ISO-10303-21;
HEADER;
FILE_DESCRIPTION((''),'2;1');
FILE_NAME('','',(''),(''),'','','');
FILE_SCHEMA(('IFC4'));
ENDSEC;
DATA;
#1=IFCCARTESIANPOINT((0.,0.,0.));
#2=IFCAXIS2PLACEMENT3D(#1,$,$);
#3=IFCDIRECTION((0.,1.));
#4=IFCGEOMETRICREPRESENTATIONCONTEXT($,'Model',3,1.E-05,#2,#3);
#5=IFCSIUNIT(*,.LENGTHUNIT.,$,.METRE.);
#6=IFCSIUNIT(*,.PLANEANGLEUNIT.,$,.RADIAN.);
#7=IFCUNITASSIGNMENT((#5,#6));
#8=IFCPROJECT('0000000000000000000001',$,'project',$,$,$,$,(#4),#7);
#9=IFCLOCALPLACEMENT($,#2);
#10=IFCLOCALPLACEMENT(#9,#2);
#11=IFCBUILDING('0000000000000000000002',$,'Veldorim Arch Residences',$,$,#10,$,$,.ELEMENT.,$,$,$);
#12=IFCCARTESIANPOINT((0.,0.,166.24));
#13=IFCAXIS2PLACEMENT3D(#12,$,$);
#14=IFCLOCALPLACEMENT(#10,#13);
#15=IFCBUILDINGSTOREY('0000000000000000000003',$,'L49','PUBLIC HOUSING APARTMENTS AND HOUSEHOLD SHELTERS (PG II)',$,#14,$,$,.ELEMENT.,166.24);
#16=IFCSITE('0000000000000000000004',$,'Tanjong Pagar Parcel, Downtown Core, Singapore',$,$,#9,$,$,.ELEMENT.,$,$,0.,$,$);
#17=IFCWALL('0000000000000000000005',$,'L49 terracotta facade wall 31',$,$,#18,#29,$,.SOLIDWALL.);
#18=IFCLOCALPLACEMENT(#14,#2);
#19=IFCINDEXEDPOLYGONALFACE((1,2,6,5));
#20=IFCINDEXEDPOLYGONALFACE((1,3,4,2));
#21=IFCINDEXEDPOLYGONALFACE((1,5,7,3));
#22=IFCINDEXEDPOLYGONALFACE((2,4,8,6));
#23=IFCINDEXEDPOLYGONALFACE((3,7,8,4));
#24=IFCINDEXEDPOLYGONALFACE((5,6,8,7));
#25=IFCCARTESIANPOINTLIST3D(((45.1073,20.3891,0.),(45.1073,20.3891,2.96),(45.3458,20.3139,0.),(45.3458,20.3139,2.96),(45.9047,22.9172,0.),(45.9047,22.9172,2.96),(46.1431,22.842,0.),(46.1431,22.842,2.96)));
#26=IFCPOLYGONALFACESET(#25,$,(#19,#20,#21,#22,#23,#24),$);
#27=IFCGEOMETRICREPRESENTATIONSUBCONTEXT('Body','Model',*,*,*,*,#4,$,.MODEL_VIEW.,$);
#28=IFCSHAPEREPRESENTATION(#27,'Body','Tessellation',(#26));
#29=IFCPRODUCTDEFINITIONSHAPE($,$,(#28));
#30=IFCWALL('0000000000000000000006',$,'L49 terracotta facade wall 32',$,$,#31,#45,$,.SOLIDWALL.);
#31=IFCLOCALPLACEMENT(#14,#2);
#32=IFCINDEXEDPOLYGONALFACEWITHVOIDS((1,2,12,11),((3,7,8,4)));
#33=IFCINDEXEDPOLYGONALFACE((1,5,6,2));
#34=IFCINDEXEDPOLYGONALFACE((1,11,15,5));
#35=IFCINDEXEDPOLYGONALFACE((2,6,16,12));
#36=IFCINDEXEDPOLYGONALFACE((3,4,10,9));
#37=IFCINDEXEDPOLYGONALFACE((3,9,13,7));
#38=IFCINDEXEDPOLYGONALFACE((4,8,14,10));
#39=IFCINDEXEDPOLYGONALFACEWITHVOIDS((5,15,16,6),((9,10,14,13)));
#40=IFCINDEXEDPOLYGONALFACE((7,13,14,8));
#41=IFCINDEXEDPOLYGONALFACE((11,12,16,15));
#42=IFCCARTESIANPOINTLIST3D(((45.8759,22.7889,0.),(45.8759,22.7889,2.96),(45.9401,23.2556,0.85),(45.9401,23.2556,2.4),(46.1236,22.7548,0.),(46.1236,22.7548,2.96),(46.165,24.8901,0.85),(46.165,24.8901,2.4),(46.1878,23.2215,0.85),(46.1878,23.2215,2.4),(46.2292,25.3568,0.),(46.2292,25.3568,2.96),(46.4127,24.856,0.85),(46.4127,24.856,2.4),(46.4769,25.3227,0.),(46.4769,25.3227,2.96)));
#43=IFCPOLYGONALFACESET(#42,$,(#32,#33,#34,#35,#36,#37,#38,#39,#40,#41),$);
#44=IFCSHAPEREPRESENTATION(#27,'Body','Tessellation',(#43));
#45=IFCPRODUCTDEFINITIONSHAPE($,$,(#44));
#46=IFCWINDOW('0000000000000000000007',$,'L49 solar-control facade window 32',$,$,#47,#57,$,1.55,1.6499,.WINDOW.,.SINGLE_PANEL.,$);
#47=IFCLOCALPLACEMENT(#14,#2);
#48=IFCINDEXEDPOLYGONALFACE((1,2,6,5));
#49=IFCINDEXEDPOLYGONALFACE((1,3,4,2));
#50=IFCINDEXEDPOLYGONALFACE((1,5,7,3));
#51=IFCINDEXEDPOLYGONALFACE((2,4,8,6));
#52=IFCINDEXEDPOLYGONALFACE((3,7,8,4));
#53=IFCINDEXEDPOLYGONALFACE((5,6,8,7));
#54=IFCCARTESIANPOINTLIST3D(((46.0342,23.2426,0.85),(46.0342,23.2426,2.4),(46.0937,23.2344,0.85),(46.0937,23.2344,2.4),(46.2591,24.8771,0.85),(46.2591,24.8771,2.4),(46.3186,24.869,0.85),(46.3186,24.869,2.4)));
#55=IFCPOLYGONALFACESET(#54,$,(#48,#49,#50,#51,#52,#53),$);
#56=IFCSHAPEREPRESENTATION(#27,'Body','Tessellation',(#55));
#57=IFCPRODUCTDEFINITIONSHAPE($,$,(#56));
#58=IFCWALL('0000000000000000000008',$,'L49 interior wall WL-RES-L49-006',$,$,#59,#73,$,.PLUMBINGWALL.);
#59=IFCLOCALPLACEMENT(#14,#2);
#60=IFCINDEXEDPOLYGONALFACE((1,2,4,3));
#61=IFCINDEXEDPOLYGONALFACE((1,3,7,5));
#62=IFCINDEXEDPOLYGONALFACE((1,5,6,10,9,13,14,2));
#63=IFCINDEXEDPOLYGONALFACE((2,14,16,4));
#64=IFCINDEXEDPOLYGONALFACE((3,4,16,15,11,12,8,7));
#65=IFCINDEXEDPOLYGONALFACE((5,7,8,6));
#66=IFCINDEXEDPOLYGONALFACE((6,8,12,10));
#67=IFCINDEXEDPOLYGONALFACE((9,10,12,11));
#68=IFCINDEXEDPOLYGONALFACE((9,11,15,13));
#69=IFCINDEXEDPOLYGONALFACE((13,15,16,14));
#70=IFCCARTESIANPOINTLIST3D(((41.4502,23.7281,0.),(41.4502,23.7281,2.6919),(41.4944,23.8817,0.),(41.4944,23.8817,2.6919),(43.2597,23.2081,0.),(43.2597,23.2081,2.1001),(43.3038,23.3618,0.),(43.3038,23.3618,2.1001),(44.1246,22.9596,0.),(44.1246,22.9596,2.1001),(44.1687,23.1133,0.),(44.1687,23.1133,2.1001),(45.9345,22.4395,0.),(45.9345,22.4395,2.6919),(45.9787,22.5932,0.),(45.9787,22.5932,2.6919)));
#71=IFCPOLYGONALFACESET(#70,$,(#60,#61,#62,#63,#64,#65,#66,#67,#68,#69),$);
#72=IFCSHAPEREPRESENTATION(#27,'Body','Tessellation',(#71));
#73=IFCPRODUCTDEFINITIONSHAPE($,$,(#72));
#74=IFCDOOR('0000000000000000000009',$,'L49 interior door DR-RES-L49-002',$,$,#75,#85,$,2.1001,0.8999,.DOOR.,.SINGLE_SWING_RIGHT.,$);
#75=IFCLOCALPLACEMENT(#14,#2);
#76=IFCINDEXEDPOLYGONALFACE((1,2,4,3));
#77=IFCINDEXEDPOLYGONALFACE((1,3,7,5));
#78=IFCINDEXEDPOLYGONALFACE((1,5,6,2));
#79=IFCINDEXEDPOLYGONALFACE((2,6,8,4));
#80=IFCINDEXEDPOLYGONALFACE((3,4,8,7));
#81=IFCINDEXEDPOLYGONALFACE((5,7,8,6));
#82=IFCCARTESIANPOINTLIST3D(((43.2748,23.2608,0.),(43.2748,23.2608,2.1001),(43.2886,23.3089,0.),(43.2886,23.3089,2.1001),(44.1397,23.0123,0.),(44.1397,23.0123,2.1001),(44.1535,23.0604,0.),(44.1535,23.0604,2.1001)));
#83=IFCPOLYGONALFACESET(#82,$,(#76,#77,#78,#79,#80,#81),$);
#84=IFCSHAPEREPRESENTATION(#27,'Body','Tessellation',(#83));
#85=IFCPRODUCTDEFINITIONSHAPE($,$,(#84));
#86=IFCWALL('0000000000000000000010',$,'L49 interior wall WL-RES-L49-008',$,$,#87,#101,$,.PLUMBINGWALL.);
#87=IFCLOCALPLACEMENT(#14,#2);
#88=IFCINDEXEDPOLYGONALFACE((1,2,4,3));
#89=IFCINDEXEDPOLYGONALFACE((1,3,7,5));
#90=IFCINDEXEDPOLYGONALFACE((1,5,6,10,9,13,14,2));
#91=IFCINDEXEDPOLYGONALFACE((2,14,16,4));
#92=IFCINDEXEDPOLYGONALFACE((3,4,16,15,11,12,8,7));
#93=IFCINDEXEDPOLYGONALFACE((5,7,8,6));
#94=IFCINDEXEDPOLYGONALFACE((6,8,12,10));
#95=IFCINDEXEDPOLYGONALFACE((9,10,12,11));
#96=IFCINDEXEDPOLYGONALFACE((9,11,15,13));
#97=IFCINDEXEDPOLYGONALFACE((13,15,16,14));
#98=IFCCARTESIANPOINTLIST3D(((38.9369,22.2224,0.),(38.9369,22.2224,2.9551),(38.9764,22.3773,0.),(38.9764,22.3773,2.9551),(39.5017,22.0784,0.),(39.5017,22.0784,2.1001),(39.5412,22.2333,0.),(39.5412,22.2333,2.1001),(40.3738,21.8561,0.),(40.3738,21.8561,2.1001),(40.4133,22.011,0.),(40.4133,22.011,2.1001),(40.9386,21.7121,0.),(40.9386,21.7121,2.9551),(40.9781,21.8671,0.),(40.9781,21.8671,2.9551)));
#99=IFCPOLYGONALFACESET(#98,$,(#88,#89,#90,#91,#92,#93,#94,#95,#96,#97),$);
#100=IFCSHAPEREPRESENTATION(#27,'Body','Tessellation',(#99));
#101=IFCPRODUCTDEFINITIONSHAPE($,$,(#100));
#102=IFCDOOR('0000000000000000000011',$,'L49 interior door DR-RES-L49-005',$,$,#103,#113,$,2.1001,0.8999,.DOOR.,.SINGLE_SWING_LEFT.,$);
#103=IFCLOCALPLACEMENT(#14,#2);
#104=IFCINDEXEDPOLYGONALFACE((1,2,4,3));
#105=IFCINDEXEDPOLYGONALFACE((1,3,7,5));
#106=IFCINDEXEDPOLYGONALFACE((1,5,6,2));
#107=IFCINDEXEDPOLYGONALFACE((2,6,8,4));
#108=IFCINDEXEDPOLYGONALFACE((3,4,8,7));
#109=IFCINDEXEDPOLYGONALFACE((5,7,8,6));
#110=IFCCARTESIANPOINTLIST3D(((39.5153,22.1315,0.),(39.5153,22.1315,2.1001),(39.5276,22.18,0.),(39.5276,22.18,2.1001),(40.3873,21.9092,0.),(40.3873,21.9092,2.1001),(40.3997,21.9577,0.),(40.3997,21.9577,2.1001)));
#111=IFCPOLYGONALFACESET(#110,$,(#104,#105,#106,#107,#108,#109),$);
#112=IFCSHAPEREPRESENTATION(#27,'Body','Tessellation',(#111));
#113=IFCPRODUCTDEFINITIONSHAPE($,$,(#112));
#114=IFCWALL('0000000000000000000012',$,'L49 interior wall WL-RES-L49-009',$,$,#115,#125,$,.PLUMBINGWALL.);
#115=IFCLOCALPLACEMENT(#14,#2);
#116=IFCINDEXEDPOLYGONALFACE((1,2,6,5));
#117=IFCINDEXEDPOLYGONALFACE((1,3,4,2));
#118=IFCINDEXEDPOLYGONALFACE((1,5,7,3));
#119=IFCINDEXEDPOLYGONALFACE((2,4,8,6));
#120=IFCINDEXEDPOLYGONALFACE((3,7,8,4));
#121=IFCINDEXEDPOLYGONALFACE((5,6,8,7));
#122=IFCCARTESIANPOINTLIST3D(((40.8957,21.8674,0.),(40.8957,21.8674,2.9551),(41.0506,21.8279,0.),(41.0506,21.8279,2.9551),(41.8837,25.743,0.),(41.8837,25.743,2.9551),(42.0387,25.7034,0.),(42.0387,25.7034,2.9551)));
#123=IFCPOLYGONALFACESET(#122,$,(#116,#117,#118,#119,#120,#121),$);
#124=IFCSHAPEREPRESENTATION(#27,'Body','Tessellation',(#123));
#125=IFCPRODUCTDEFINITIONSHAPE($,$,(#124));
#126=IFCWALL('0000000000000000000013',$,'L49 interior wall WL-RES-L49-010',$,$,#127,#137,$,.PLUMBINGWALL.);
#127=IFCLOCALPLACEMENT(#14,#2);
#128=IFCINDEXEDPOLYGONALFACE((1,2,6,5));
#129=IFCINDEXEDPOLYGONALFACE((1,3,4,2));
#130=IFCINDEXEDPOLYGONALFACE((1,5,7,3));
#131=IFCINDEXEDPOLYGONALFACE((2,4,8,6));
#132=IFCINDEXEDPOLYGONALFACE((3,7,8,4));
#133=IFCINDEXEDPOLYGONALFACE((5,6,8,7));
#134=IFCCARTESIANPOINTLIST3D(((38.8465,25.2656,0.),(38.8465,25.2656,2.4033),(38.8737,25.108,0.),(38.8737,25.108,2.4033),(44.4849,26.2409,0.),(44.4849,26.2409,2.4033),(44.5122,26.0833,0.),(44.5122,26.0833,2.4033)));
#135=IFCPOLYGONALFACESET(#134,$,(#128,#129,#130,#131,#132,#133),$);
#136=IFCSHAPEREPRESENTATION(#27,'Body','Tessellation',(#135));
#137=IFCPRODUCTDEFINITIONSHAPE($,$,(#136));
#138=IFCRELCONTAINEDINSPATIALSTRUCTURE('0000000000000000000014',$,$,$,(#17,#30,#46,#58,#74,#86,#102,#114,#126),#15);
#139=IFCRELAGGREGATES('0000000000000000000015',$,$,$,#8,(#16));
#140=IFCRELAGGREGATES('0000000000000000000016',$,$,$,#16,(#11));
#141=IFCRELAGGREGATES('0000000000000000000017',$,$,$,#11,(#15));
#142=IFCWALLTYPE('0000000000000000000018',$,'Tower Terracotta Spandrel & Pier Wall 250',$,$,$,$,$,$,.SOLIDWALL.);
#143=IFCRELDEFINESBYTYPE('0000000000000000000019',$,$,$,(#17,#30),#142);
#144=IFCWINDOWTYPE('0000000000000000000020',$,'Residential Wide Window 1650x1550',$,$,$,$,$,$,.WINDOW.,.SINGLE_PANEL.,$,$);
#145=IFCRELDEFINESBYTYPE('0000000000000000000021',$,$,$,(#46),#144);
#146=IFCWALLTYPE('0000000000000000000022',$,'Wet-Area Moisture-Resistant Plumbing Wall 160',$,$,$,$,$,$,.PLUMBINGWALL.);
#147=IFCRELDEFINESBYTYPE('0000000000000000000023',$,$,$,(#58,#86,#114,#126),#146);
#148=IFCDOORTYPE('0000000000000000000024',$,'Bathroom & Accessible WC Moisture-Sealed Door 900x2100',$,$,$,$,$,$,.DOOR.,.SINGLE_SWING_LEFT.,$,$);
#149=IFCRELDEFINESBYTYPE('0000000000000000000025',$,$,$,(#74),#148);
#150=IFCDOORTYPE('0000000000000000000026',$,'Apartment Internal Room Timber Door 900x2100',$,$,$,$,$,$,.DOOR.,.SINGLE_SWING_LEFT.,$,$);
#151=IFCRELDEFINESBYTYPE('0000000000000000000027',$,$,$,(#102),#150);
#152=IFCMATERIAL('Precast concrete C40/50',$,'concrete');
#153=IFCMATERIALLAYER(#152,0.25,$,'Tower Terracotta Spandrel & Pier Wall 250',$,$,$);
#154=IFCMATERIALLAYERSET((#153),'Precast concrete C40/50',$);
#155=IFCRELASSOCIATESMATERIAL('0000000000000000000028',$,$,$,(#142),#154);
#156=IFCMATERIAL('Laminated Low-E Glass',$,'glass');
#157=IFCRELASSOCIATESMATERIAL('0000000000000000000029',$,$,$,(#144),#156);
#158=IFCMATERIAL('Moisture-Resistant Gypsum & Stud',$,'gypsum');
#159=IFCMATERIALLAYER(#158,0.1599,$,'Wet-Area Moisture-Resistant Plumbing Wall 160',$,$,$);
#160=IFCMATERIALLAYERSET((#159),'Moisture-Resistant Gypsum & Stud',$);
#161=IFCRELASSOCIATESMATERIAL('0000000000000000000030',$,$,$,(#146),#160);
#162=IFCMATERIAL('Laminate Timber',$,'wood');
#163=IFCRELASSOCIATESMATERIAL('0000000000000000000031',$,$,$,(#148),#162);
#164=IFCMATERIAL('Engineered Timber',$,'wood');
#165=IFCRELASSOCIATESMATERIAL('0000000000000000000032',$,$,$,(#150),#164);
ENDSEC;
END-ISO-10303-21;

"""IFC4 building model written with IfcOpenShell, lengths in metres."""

from ifc_helpers import new_model, si_unit, direction, frame, frame_2d, origin, place, context, subcontext, project, spatial, rectangle, extrude, material, layer, layer_set, type_object, element, fill, save


model = new_model("IFC4")

# Units and contexts
model_context = context("Model", 3, precision=1e-05, world=origin(), true_north=direction((0.0, 1.0)))
body_context = subcontext(model_context, "Body", "Model", "MODEL_VIEW")
ifc_project = project(units=[si_unit("LENGTHUNIT", "METRE"), si_unit("PLANEANGLEUNIT", "RADIAN")], contexts=[model_context])

# Site, building, storey
site_placement = place(None, origin())
site = spatial("IfcSite", under=ifc_project, at=site_placement, Name="Tanjong Pagar Parcel, Downtown Core, Singapore", CompositionType="ELEMENT", RefElevation=0.0)
building_placement = place(site_placement, origin())
building = spatial("IfcBuilding", under=site, at=building_placement, Name="Veldorim Arch Residences", CompositionType="ELEMENT")
storey_placement = place(building_placement, frame((0.0, 0.0, 166.24)))
storey = spatial("IfcBuildingStorey", under=building, at=storey_placement, Name="L49", Description="PUBLIC HOUSING APARTMENTS AND HOUSEHOLD SHELTERS (PG II)", CompositionType="ELEMENT", Elevation=166.24)

# Shared definitions
ifc_material_1 = material(Name="Precast concrete C40/50", Category="concrete")
ifc_layer_1 = layer(ifc_material_1, 0.25, Name="Tower Terracotta Spandrel & Pier Wall 250")
ifc_layer_set_1 = layer_set([ifc_layer_1], Name="Precast concrete C40/50")
wall_type_1 = type_object("IfcWallType", Name="Tower Terracotta Spandrel & Pier Wall 250", PredefinedType="SOLIDWALL", material=ifc_layer_set_1)

# Wall
wall_1_placement = place(storey_placement, frame((46.0239, 22.8796, 0.0), z_axis=(0.0, 0.0, 1.0), x_axis=(-0.300796, -0.953688, 0.0)))
element("IfcWall", 1, at=wall_1_placement, inside=storey, type_object=wall_type_1, Name="L49 terracotta facade wall 31", PredefinedType="SOLIDWALL", context=body_context, shape_type="SweptSolid", body=[
    extrude(rectangle(XDim=2.6509, YDim=0.25, at=frame_2d((1.3254, 0.0))), origin(), (0.0, 0.0, 1.0), 2.96),
])

# Wall, opening, window
wall_2_placement = place(storey_placement, frame((46.353, 25.3396, 0.0), z_axis=(0.0, 0.0, 1.0), x_axis=(-0.13629, -0.990669, 0.0)))
wall_2 = element("IfcWall", 2, at=wall_2_placement, inside=storey, type_object=wall_type_1, Name="L49 terracotta facade wall 32", PredefinedType="SOLIDWALL", context=body_context, shape_type="SweptSolid", body=[
    extrude(rectangle(XDim=2.592, YDim=0.25, at=frame_2d((1.2959, 0.0))), origin(), (0.0, 0.0, 1.0), 2.96),
])
opening_1_placement = place(wall_2_placement, frame((0.4709, 0.0, 0.8501)))
opening_1 = element("IfcOpeningElement", 3, at=opening_1_placement, cuts=wall_2, PredefinedType="OPENING", context=body_context, shape_type="SweptSolid", body=[
    extrude(rectangle(XDim=1.6499, YDim=1.55, at=frame_2d((0.825, 0.7749))), frame((0.0, 0.135, 0.0), z_axis=(0.0, -1.0, 0.0), x_axis=(1.0, 0.0, 0.0)), (0.0, 0.0, 1.0), 0.27),
])
ifc_material_2 = material(Name="Laminated Low-E Glass", Category="glass")
window_type = type_object("IfcWindowType", Name="Residential Wide Window 1650x1550", PartitioningType="SINGLE_PANEL", PredefinedType="WINDOW", material=ifc_material_2)
window_placement = place(opening_1_placement, origin())
window = element("IfcWindow", 4, at=window_placement, inside=storey, type_object=window_type, Name="L49 solar-control facade window 32", OverallHeight=1.55, OverallWidth=1.6499, PartitioningType="SINGLE_PANEL", PredefinedType="WINDOW", context=body_context, shape_type="SweptSolid", body=[
    extrude(rectangle(XDim=1.6499, YDim=1.55, at=frame_2d((0.825, 0.7749))), frame((0.0, 0.03, 0.0), z_axis=(0.0, -1.0, 0.0), x_axis=(1.0, 0.0, 0.0)), (0.0, 0.0, 1.0), 0.0601),
])
fill(opening_1, window)

# Walls, openings, doors
ifc_material_3 = material(Name="Moisture-Resistant Gypsum & Stud", Category="gypsum")
ifc_layer_2 = layer(ifc_material_3, 0.1599, Name="Wet-Area Moisture-Resistant Plumbing Wall 160")
ifc_layer_set_2 = layer_set([ifc_layer_2], Name="Moisture-Resistant Gypsum & Stud")
wall_type_2 = type_object("IfcWallType", Name="Wet-Area Moisture-Resistant Plumbing Wall 160", PredefinedType="PLUMBINGWALL", material=ifc_layer_set_2)
wall_3_placement = place(storey_placement, frame((41.4722, 23.8049, 0.0), z_axis=(0.0, 0.0, 1.0), x_axis=(0.961108, -0.276172, 0.0)))
wall_3 = element("IfcWall", 5, at=wall_3_placement, inside=storey, type_object=wall_type_2, Name="L49 interior wall WL-RES-L49-006", PredefinedType="PLUMBINGWALL", context=body_context, shape_type="SweptSolid", body=[
    extrude(rectangle(XDim=4.6658, YDim=0.1599, at=frame_2d((2.333, 0.0))), origin(), (0.0, 0.0, 1.0), 2.6919),
])
opening_2_placement = place(wall_3_placement, frame((1.8828, 0.0, 0.0)))
opening_2 = element("IfcOpeningElement", 6, at=opening_2_placement, cuts=wall_3, PredefinedType="OPENING", context=body_context, shape_type="SweptSolid", body=[
    extrude(rectangle(XDim=0.8999, YDim=2.1001, at=frame_2d((0.45, 1.05))), frame((0.0, 0.0898, 0.0), z_axis=(0.0, -1.0, 0.0), x_axis=(1.0, 0.0, 0.0)), (0.0, 0.0, 1.0), 0.1799),
])
ifc_material_4 = material(Name="Laminate Timber", Category="wood")
door_type_1 = type_object("IfcDoorType", Name="Bathroom & Accessible WC Moisture-Sealed Door 900x2100", OperationType="SINGLE_SWING_LEFT", PredefinedType="DOOR", material=ifc_material_4)
door_1_placement = place(opening_2_placement, origin())
door_1 = element("IfcDoor", 7, at=door_1_placement, inside=storey, type_object=door_type_1, Name="L49 interior door DR-RES-L49-002", OperationType="SINGLE_SWING_RIGHT", OverallHeight=2.1001, OverallWidth=0.8999, PredefinedType="DOOR", context=body_context, shape_type="SweptSolid", body=[
    extrude(rectangle(XDim=0.8999, YDim=2.1001, at=frame_2d((0.45, 1.05))), frame((0.0, 0.0249, 0.0), z_axis=(0.0, -1.0, 0.0), x_axis=(1.0, 0.0, 0.0)), (0.0, 0.0, 1.0), 0.05),
])
fill(opening_2, door_1)
wall_4_placement = place(storey_placement, frame((38.9568, 22.2998, 0.0), z_axis=(0.0, 0.0, 1.0), x_axis=(0.969013, -0.24701, 0.0)))
wall_4 = element("IfcWall", 8, at=wall_4_placement, inside=storey, type_object=wall_type_2, Name="L49 interior wall WL-RES-L49-008", PredefinedType="PLUMBINGWALL", context=body_context, shape_type="SweptSolid", body=[
    extrude(rectangle(XDim=2.0657, YDim=0.1599, at=frame_2d((1.0327, 0.0))), origin(), (0.0, 0.0, 1.0), 2.9551),
])
opening_3_placement = place(wall_4_placement, frame((0.5828, 0.0, 0.0)))
opening_3 = element("IfcOpeningElement", 9, at=opening_3_placement, cuts=wall_4, PredefinedType="OPENING", context=body_context, shape_type="SweptSolid", body=[
    extrude(rectangle(XDim=0.8999, YDim=2.1001, at=frame_2d((0.45, 1.05))), frame((0.0, 0.0898, 0.0), z_axis=(0.0, -1.0, 0.0), x_axis=(1.0, 0.0, 0.0)), (0.0, 0.0, 1.0), 0.1799),
])
ifc_material_5 = material(Name="Engineered Timber", Category="wood")
door_type_2 = type_object("IfcDoorType", Name="Apartment Internal Room Timber Door 900x2100", OperationType="SINGLE_SWING_LEFT", PredefinedType="DOOR", material=ifc_material_5)
door_2_placement = place(opening_3_placement, origin())
door_2 = element("IfcDoor", 10, at=door_2_placement, inside=storey, type_object=door_type_2, Name="L49 interior door DR-RES-L49-005", OperationType="SINGLE_SWING_LEFT", OverallHeight=2.1001, OverallWidth=0.8999, PredefinedType="DOOR", context=body_context, shape_type="SweptSolid", body=[
    extrude(rectangle(XDim=0.8999, YDim=2.1001, at=frame_2d((0.45, 1.05))), frame((0.0, 0.0249, 0.0), z_axis=(0.0, -1.0, 0.0), x_axis=(1.0, 0.0, 0.0)), (0.0, 0.0, 1.0), 0.05),
])
fill(opening_3, door_2)

# Walls
wall_5_placement = place(storey_placement, frame((40.9731, 21.8477, 0.0), z_axis=(0.0, 0.0, 1.0), x_axis=(0.247043, 0.969005, 0.0)))
element("IfcWall", 11, at=wall_5_placement, inside=storey, type_object=wall_type_2, Name="L49 interior wall WL-RES-L49-009", PredefinedType="PLUMBINGWALL", context=body_context, shape_type="SweptSolid", body=[
    extrude(rectangle(XDim=3.9995, YDim=0.1599, at=frame_2d((1.9998, 0.0))), origin(), (0.0, 0.0, 1.0), 2.9551),
])
wall_6_placement = place(storey_placement, frame((38.8601, 25.1868, 0.0), z_axis=(0.0, 0.0, 1.0), x_axis=(0.985366, 0.17045, 0.0)))
element("IfcWall", 12, at=wall_6_placement, inside=storey, type_object=wall_type_2, Name="L49 interior wall WL-RES-L49-010", PredefinedType="PLUMBINGWALL", context=body_context, shape_type="SweptSolid", body=[
    extrude(rectangle(XDim=5.7222, YDim=0.1599, at=frame_2d((2.8611, 0.0))), origin(), (0.0, 0.0, 1.0), 2.4033),
])

save(model, "model.ifc")
